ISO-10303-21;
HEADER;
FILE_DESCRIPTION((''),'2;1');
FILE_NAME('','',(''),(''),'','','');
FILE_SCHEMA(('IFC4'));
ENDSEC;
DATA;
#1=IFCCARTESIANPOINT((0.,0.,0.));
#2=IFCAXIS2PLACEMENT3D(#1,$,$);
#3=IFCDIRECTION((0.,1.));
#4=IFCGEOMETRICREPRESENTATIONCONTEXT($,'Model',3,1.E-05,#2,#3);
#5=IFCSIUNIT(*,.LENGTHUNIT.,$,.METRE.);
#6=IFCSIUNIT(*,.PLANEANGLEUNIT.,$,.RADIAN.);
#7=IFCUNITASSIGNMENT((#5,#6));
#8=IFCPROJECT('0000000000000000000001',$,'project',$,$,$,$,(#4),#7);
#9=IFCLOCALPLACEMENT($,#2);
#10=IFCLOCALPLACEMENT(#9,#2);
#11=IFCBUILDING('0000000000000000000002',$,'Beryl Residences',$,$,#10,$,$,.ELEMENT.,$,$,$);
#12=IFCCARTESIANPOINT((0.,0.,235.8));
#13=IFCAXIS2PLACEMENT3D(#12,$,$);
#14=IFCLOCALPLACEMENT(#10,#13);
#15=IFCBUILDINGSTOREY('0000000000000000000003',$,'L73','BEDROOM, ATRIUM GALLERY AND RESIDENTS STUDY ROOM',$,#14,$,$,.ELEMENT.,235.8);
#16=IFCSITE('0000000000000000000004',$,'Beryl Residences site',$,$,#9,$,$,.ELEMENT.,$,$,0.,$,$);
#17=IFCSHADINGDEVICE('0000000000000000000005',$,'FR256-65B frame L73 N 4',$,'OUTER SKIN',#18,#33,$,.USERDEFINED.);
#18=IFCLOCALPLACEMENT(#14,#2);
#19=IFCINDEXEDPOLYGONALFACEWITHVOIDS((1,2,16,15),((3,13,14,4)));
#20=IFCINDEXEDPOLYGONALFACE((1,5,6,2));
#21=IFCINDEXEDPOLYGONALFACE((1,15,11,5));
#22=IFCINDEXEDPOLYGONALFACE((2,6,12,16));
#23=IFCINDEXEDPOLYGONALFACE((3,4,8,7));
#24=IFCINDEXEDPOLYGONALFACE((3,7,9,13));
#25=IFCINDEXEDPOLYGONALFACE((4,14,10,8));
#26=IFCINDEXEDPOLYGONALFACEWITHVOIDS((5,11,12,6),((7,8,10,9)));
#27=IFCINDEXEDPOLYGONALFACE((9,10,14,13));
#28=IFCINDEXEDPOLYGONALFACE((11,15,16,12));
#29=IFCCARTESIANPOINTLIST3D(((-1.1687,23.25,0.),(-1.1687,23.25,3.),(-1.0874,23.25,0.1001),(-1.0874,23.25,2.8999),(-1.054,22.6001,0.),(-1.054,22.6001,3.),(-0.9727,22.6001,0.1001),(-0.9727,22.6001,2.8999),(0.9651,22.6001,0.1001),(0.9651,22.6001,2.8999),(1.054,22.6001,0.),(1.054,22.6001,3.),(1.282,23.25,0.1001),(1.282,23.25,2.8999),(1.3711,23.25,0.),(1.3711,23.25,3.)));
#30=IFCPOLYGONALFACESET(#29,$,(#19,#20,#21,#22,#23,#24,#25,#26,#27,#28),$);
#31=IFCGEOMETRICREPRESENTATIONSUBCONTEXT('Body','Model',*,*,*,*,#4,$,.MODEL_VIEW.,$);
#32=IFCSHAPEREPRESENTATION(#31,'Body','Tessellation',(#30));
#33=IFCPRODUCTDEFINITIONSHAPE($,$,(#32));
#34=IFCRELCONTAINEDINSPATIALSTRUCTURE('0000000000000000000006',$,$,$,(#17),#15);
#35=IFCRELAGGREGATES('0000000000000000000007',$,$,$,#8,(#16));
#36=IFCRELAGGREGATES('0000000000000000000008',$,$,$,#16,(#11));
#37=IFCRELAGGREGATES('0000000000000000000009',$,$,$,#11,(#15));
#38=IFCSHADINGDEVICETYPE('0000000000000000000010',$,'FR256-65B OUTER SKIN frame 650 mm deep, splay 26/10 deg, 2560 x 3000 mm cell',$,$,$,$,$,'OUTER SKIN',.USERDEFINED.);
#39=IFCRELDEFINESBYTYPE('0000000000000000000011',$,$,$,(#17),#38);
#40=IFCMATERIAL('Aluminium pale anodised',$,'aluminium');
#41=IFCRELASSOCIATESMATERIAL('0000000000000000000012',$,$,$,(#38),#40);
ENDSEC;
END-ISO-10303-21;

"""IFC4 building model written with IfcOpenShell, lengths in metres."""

from ifc_helpers import new_model, entity, si_unit, direction, frame, origin, place, context, subcontext, project, spatial, source, transform, mapped, material, type_object, type_shapes, element, save


model = new_model("IFC4")

# Units and contexts
model_context = context("Model", 3, precision=1e-05, world=origin(), true_north=direction((0.0, 1.0)))
body_context = subcontext(model_context, "Body", "Model", "MODEL_VIEW")
ifc_project = project(units=[si_unit("LENGTHUNIT", "METRE"), si_unit("PLANEANGLEUNIT", "RADIAN")], contexts=[model_context])

# Site, building, storey
site_placement = place(None, origin())
site = spatial("IfcSite", under=ifc_project, at=site_placement, Name="Beryl Residences site", CompositionType="ELEMENT", RefElevation=0.0)
building_placement = place(site_placement, origin())
building = spatial("IfcBuilding", under=site, at=building_placement, Name="Beryl Residences", CompositionType="ELEMENT")
storey_placement = place(building_placement, frame((0.0, 0.0, 235.8)))
storey = spatial("IfcBuildingStorey", under=building, at=storey_placement, Name="L73", Description="BEDROOM, ATRIUM GALLERY AND RESIDENTS STUDY ROOM", CompositionType="ELEMENT", Elevation=235.8)

# Shading device
ifc_material_1 = material(Name="Aluminium pale anodised", Category="aluminium")
shading_device_type_1 = type_object("IfcShadingDeviceType", Name="FR256-65B OUTER SKIN frame 650 mm deep, splay 26/10 deg, 2560 x 3000 mm cell", ElementType="OUTER SKIN", PredefinedType="USERDEFINED", material=ifc_material_1)
cartesian_point_1 = entity("IfcCartesianPoint", [-1.054, 0.0])
cartesian_point_2 = entity("IfcCartesianPoint", [-0.9651, 0.1001])
cartesian_point_3 = entity("IfcCartesianPoint", [-1.3711, 0.0])
cartesian_point_4 = entity("IfcCartesianPoint", [-1.282, 0.1001])
shared_shape_1 = source(origin(), body_context, "Body", "SweptSolid", [
    entity("IfcExtrudedAreaSolidTapered", entity("IfcArbitraryProfileDefWithVoids", "AREA", None, entity("IfcPolyline", [cartesian_point_1, entity("IfcCartesianPoint", [1.054, 0.0]), entity("IfcCartesianPoint", [1.054, 3.0]), entity("IfcCartesianPoint", [-1.054, 3.0]), cartesian_point_1]), [entity("IfcPolyline", [cartesian_point_2, entity("IfcCartesianPoint", [0.9727, 0.1001]), entity("IfcCartesianPoint", [0.9727, 2.8999]), entity("IfcCartesianPoint", [-0.9651, 2.8999]), cartesian_point_2])]), entity("IfcAxis2Placement3D", entity("IfcCartesianPoint", [0.0, 0.0, 0.0]), entity("IfcDirection", [0.0, 1.0, 0.0]), entity("IfcDirection", [-1.0, 0.0, 0.0])), entity("IfcDirection", [0.0, 0.0, 1.0]), 0.6499, entity("IfcArbitraryProfileDefWithVoids", "AREA", None, entity("IfcPolyline", [cartesian_point_3, entity("IfcCartesianPoint", [1.1687, 0.0]), entity("IfcCartesianPoint", [1.1687, 3.0]), entity("IfcCartesianPoint", [-1.3711, 3.0]), cartesian_point_3]), [entity("IfcPolyline", [cartesian_point_4, entity("IfcCartesianPoint", [1.0874, 0.1001]), entity("IfcCartesianPoint", [1.0874, 2.8999]), entity("IfcCartesianPoint", [-1.282, 2.8999]), cartesian_point_4])])),
])
type_shapes(shading_device_type_1, [shared_shape_1])
for number, where, z_axis, x_axis, name in (
    (1, (0.0, 22.6001, 0.0), (0.0, 0.0, 1.0), (1.0, 0.0, 0.0), "FR256-65B frame L73 N 4"),
):
    element("IfcShadingDevice", number, at=place(storey_placement, frame(where, z_axis=z_axis, x_axis=x_axis)), inside=storey, type_object=shading_device_type_1, Name=name, ObjectType="OUTER SKIN", PredefinedType="USERDEFINED", context=body_context, shape_type="MappedRepresentation", body=[
        mapped(shared_shape_1, transform((0.0, 0.0, 0.0))),
    ])

save(model, "model.ifc")
